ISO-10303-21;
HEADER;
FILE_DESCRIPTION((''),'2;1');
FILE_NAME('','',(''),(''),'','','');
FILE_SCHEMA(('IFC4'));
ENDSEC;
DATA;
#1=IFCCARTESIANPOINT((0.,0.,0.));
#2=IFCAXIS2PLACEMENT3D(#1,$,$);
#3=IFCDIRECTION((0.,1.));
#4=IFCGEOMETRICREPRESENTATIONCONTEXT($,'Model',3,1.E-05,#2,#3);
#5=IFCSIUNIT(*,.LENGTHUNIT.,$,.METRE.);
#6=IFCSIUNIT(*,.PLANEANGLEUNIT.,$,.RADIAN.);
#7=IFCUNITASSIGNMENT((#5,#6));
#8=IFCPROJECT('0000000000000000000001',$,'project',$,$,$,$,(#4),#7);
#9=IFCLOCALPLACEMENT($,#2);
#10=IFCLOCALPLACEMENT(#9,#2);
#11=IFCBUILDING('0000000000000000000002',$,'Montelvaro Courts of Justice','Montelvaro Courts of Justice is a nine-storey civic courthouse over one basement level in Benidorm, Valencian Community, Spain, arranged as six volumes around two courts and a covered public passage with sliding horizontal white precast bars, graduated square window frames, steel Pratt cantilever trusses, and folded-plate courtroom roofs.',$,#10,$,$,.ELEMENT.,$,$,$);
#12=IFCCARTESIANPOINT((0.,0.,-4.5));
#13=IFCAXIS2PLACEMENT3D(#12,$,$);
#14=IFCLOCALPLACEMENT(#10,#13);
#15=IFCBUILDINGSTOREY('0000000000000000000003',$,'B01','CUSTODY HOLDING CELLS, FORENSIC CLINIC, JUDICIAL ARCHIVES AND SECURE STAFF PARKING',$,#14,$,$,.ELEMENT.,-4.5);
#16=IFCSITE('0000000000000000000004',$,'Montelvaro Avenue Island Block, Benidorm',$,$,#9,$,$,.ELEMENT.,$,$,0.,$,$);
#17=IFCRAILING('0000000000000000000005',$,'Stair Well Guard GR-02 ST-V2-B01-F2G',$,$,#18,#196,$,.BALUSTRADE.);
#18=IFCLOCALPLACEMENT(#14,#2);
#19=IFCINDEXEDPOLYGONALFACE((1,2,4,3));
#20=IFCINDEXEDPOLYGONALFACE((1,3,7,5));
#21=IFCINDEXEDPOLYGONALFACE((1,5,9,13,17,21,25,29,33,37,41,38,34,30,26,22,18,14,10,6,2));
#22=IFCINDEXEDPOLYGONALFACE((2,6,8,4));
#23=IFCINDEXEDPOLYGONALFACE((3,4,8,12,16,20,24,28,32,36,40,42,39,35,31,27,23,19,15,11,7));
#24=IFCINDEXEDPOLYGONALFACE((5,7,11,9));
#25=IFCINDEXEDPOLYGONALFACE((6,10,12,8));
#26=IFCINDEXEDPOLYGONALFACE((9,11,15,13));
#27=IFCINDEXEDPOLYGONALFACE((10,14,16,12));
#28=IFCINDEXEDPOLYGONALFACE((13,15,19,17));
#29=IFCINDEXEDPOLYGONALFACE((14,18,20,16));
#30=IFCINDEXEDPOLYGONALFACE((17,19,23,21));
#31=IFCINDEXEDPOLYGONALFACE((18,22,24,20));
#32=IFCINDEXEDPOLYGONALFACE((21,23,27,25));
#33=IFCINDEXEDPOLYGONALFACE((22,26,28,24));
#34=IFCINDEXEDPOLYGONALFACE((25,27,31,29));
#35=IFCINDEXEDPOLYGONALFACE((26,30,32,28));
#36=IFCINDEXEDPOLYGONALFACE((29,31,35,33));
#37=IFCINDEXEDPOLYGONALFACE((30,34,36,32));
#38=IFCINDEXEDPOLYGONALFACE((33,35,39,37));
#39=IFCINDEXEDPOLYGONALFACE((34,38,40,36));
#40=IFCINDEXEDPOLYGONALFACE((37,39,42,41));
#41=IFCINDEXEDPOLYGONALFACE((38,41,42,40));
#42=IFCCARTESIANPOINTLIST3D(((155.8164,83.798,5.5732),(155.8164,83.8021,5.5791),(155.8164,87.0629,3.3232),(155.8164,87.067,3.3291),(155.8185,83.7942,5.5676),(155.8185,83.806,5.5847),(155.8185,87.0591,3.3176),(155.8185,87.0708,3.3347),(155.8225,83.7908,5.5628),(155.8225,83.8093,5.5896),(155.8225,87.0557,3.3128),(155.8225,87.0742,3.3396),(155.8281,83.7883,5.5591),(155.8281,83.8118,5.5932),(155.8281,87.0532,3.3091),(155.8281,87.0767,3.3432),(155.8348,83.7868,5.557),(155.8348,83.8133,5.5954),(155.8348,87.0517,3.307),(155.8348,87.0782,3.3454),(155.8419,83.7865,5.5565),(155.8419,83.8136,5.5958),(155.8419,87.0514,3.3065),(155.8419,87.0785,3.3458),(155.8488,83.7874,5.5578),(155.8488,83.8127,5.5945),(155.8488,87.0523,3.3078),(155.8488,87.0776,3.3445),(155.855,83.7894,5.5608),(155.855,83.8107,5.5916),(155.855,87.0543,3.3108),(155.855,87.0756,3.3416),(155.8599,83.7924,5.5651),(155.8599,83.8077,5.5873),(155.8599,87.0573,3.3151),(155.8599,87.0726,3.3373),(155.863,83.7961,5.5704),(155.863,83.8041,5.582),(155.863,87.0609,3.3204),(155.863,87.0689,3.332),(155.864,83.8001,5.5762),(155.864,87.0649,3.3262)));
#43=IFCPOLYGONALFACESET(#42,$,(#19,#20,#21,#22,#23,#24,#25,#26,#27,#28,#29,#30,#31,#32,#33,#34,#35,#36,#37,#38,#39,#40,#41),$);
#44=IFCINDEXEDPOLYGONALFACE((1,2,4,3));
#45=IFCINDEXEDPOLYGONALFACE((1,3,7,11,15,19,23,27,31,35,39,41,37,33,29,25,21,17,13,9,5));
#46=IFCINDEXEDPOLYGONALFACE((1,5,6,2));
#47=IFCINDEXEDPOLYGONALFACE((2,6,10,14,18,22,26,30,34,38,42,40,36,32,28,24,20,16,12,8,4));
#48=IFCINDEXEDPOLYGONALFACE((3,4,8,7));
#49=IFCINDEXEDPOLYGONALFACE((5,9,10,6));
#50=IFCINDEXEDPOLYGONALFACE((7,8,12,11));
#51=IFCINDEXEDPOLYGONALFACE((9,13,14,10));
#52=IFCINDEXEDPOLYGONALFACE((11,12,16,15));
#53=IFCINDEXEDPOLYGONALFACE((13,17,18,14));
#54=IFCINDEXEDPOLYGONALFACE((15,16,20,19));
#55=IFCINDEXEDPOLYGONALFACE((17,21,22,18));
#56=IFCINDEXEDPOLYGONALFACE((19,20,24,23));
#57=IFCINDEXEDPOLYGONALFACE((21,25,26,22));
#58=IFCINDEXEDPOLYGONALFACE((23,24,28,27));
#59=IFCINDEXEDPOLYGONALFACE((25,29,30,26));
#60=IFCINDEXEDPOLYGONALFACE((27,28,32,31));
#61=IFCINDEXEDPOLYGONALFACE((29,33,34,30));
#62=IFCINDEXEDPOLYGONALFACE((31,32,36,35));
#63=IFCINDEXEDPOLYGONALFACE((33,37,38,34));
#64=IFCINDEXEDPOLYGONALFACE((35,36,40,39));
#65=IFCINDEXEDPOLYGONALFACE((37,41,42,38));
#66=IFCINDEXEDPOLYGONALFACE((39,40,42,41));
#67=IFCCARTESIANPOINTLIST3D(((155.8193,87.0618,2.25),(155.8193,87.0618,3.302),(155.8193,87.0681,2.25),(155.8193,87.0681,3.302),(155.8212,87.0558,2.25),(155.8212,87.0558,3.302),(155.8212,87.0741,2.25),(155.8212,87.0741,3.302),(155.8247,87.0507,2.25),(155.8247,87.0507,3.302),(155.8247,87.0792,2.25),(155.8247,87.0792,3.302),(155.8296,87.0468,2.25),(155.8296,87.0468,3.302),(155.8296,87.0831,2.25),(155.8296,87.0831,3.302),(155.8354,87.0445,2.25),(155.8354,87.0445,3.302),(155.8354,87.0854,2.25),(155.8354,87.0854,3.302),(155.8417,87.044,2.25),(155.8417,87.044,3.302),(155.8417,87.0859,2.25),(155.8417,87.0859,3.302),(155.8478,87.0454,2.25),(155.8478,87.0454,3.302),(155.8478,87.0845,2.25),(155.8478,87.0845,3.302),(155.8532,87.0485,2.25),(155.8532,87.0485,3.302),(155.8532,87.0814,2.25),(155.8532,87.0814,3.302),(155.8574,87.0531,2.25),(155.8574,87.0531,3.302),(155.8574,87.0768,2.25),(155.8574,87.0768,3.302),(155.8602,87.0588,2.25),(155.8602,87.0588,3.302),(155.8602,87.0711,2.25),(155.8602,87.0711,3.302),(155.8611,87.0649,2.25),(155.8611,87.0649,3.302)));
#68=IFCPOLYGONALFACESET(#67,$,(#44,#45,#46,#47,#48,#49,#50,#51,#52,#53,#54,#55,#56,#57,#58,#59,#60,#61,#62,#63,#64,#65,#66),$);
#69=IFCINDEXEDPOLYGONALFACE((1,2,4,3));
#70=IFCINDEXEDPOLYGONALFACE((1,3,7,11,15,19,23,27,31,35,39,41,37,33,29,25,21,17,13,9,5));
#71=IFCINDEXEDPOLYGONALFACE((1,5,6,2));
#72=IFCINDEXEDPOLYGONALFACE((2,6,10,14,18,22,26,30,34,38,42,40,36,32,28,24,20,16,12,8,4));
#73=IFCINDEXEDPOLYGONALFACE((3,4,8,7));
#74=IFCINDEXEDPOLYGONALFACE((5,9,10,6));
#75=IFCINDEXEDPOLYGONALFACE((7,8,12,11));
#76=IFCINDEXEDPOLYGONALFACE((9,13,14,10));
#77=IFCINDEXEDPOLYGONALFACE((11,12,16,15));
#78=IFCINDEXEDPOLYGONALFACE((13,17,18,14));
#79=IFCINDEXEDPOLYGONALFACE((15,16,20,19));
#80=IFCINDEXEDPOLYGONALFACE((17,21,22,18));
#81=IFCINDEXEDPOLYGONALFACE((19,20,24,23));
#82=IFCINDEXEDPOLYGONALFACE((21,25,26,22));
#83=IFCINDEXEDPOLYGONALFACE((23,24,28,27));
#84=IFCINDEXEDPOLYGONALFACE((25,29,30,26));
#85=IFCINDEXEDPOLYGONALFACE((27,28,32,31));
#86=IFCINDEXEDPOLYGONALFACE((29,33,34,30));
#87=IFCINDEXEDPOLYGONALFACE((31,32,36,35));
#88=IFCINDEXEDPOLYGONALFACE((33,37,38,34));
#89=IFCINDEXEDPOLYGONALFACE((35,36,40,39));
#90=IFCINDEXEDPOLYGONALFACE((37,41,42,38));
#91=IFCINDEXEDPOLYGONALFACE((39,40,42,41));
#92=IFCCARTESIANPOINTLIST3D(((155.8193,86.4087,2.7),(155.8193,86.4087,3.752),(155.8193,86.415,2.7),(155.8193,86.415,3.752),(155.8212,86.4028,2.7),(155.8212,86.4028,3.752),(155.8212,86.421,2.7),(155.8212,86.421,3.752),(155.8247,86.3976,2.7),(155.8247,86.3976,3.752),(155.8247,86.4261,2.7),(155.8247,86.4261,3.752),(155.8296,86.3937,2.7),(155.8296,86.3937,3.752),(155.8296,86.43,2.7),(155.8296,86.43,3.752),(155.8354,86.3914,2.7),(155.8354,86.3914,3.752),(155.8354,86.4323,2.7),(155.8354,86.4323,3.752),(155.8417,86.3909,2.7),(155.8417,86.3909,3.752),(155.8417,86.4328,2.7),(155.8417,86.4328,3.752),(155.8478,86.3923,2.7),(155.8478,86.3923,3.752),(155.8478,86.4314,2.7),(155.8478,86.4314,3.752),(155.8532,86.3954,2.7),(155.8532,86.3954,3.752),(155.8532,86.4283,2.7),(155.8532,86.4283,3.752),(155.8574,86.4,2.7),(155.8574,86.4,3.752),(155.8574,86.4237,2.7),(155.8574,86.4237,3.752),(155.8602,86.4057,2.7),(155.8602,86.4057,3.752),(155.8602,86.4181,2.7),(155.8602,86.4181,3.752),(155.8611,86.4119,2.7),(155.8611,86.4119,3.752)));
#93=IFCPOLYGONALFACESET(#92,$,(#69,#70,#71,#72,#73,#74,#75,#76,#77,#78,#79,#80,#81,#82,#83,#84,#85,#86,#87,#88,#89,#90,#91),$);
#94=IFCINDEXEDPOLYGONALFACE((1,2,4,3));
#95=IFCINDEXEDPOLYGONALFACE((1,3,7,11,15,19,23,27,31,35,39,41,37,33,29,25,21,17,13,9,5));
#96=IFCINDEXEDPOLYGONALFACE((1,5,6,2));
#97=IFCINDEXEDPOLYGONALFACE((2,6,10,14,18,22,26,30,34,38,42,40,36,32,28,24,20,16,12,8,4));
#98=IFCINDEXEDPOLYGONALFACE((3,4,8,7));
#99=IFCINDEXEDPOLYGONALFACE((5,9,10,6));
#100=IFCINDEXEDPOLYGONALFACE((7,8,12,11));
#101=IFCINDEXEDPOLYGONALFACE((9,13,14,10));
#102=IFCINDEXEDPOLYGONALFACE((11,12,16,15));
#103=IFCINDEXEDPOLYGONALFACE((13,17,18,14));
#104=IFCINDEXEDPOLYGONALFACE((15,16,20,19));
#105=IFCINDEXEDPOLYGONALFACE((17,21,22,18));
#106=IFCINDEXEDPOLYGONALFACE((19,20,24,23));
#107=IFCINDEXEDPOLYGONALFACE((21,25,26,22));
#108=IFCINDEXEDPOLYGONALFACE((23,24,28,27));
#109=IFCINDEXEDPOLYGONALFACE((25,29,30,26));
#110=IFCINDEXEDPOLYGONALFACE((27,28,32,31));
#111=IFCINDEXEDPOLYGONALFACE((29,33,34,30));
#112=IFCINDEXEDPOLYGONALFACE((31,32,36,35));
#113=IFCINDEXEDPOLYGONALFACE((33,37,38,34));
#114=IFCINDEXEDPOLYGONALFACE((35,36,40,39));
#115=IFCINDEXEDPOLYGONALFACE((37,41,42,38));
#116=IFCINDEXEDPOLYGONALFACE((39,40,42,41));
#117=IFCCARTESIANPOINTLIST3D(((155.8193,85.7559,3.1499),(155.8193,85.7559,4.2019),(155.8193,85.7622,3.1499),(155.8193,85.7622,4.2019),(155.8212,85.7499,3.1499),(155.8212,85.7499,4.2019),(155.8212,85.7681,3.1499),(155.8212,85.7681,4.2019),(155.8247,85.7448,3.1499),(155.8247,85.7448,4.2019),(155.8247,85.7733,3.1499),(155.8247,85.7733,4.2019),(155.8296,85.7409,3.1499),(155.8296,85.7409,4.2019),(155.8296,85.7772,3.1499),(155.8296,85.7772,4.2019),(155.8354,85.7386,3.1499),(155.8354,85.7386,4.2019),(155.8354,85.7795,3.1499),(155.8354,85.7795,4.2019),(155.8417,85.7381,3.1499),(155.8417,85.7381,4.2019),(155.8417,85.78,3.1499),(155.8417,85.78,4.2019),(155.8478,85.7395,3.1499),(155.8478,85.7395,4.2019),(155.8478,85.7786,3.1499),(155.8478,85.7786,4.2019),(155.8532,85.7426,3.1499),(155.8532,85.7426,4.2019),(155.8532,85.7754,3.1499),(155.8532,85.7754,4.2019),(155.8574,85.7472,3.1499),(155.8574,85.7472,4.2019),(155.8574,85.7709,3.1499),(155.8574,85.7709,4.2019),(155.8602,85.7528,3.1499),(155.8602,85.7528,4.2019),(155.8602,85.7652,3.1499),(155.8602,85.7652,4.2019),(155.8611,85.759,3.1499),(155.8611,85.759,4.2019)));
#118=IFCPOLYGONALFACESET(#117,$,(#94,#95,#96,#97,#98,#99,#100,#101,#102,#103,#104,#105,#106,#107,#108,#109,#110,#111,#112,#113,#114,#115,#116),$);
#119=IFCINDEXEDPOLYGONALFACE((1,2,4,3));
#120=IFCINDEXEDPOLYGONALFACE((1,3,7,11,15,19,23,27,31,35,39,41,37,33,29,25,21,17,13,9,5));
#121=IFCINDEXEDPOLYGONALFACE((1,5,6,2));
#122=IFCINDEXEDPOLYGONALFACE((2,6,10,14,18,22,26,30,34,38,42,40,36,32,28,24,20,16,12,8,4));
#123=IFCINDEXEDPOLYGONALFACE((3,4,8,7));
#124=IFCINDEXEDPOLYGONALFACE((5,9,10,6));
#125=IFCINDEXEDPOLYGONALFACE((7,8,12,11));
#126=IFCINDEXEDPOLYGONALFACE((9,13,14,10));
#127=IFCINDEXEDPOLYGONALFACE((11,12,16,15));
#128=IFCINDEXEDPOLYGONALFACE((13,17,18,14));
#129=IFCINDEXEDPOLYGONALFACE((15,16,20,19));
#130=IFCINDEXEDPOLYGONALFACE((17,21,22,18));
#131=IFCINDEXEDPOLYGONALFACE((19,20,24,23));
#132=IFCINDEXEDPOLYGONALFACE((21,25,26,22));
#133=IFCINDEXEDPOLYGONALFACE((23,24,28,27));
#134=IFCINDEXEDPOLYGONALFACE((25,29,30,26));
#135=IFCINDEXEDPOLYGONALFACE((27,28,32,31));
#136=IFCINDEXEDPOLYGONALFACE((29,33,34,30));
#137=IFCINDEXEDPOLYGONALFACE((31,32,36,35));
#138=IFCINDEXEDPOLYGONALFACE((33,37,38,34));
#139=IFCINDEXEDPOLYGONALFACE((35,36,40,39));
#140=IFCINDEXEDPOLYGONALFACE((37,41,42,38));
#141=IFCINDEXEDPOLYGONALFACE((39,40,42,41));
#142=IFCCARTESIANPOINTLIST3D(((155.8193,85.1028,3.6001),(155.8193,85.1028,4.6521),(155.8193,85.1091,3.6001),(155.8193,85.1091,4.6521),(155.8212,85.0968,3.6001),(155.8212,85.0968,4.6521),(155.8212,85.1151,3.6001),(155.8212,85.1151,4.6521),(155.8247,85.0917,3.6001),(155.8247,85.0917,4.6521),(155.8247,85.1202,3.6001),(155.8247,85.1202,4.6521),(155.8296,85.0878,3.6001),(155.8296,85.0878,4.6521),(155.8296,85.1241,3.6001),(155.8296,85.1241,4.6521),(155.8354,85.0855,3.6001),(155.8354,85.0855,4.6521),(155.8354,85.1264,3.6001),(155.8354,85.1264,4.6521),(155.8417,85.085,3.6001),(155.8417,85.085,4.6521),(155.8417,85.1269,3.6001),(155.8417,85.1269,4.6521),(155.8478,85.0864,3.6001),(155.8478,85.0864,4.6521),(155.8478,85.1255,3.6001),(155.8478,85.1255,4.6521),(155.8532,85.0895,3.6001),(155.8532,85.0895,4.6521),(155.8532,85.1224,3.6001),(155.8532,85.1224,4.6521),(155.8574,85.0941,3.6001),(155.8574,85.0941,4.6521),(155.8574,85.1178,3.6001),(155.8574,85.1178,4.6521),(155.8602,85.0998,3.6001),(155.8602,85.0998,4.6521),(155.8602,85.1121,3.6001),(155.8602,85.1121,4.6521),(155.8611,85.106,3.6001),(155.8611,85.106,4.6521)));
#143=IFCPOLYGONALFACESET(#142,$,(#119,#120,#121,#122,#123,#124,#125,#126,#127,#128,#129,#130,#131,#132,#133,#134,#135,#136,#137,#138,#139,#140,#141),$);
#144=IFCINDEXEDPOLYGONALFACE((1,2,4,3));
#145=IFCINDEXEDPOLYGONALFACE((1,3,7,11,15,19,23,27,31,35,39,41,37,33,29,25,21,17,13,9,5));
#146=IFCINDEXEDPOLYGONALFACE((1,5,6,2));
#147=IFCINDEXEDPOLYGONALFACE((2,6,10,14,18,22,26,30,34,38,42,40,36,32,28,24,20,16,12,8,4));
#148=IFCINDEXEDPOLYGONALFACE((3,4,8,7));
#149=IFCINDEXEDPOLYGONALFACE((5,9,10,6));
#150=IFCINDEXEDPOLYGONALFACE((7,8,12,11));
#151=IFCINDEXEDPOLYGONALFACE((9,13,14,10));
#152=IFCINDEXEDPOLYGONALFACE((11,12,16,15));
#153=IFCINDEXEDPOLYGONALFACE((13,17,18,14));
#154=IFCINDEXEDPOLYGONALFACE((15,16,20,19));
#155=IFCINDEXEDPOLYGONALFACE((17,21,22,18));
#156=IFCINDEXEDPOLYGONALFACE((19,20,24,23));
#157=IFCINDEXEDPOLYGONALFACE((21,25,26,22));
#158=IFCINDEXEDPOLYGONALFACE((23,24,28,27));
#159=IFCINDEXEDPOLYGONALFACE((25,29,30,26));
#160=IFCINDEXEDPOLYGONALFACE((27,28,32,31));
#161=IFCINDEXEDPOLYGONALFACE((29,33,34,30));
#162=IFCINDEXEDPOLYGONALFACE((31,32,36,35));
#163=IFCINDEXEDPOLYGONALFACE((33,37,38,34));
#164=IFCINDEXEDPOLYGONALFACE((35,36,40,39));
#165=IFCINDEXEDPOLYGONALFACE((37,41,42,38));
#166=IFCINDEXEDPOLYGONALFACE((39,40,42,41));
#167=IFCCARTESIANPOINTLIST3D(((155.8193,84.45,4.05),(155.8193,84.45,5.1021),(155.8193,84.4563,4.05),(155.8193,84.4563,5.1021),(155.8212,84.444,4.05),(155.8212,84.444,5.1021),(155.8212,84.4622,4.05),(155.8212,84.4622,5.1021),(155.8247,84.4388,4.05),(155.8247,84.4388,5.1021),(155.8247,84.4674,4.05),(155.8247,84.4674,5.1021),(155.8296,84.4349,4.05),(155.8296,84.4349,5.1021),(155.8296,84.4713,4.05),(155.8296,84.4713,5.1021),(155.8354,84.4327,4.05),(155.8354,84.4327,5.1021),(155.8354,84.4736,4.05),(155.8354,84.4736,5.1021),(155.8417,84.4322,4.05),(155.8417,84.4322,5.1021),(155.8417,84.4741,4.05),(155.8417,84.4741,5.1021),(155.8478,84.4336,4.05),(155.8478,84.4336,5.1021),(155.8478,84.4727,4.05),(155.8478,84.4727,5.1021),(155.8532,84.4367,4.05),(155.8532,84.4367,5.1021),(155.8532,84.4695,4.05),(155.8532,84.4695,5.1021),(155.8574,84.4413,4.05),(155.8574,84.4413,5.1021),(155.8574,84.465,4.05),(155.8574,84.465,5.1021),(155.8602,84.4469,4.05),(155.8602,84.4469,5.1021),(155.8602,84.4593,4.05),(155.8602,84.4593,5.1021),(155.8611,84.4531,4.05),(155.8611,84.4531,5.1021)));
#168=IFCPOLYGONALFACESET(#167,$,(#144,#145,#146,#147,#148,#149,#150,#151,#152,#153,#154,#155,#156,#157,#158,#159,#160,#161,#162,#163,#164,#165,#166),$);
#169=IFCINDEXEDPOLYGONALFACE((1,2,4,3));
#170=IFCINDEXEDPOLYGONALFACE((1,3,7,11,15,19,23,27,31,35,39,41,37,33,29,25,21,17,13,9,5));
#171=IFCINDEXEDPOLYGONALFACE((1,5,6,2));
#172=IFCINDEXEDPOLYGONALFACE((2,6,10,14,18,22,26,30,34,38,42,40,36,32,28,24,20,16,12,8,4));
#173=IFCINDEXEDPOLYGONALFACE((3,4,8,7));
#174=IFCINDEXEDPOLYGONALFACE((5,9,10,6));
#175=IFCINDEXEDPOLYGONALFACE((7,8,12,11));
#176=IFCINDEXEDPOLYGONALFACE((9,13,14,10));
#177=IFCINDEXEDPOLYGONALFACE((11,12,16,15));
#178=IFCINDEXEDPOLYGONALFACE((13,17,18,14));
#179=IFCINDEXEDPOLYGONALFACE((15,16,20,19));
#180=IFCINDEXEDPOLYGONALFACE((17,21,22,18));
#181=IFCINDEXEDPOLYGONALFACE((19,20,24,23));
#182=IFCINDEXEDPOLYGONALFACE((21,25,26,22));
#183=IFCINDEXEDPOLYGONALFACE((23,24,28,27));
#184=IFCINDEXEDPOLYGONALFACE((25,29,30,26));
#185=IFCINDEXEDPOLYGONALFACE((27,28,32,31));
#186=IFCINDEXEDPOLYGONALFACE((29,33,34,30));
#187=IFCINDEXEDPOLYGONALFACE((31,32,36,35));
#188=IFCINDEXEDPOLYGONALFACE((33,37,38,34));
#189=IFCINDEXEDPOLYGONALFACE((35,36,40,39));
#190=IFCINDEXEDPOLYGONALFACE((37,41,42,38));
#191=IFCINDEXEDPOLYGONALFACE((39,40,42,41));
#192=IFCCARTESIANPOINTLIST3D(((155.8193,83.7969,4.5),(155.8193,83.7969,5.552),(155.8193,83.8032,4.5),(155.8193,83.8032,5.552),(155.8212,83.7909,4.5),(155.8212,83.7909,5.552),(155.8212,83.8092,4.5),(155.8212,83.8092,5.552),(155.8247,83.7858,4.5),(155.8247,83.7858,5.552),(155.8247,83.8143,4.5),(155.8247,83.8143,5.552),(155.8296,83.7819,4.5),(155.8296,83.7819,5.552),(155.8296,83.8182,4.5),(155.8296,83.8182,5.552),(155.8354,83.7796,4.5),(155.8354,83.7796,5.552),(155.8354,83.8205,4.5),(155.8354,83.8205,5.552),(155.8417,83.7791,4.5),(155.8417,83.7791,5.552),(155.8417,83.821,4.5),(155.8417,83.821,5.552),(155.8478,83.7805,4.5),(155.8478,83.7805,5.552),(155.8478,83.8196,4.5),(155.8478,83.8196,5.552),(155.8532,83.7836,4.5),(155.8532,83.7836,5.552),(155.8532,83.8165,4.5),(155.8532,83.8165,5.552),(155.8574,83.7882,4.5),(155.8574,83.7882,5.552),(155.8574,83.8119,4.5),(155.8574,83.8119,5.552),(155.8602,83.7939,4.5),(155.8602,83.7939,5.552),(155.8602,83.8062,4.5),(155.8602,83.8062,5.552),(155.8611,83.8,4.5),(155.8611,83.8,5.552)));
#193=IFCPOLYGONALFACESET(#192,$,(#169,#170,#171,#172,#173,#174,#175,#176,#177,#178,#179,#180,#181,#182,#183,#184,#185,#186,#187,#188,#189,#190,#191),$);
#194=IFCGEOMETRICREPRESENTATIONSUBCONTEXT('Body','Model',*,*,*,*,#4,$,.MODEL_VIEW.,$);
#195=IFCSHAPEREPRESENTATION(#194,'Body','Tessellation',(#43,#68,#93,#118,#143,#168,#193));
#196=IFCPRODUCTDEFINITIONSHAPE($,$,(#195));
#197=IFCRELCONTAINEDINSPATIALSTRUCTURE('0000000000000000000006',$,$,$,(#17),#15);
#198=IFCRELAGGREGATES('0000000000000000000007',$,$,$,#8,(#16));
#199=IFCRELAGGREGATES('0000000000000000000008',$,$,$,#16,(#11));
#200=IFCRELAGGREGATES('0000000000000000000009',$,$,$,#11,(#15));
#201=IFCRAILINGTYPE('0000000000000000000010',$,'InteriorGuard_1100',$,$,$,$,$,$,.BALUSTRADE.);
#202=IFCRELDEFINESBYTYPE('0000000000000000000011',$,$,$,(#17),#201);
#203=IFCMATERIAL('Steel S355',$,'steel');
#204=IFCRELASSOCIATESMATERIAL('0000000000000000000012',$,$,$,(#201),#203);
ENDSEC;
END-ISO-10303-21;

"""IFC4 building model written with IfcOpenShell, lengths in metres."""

from ifc_helpers import new_model, si_unit, direction, frame, origin, origin_2d, place, context, subcontext, project, spatial, circle, extrude, material, type_object, element, save


model = new_model("IFC4")

# Units and contexts
model_context = context("Model", 3, precision=1e-05, world=origin(), true_north=direction((0.0, 1.0)))
body_context = subcontext(model_context, "Body", "Model", "MODEL_VIEW")
ifc_project = project(units=[si_unit("LENGTHUNIT", "METRE"), si_unit("PLANEANGLEUNIT", "RADIAN")], contexts=[model_context])

# Site, building, storey
site_placement = place(None, origin())
site = spatial("IfcSite", under=ifc_project, at=site_placement, Name="Montelvaro Avenue Island Block, Benidorm", CompositionType="ELEMENT", RefElevation=0.0)
building_placement = place(site_placement, origin())
building = spatial("IfcBuilding", under=site, at=building_placement, Name="Montelvaro Courts of Justice", Description="Montelvaro Courts of Justice is a nine-storey civic courthouse over one basement level in Benidorm, Valencian Community, Spain, arranged as six volumes around two courts and a covered public passage with sliding horizontal white precast bars, graduated square window frames, steel Pratt cantilever trusses, and folded-plate courtroom roofs.", CompositionType="ELEMENT")
storey_placement = place(building_placement, frame((0.0, 0.0, -4.5)))
storey = spatial("IfcBuildingStorey", under=building, at=storey_placement, Name="B01", Description="CUSTODY HOLDING CELLS, FORENSIC CLINIC, JUDICIAL ARCHIVES AND SECURE STAFF PARKING", CompositionType="ELEMENT", Elevation=-4.5)

# Shared definitions
ifc_material_1 = material(Name="Steel S355", Category="steel")

# Railing
railing_type_1 = type_object("IfcRailingType", Name="InteriorGuard_1100", PredefinedType="BALUSTRADE", material=ifc_material_1)
railing_1_placement = place(storey_placement, frame((155.8401, 87.0649, 2.25)))
element("IfcRailing", 1, at=railing_1_placement, inside=storey, type_object=railing_type_1, Name="Stair Well Guard GR-02 ST-V2-B01-F2G", PredefinedType="BALUSTRADE", context=body_context, shape_type="SweptSolid", body=[
    extrude(circle(Radius=0.0239, at=origin_2d()), frame((0.0, 0.0, 1.0762), z_axis=(0.0, -0.823407, 0.567451), x_axis=(1.0, 0.0, 0.0)), (0.0, 0.0, 1.0), 3.9651),
    extrude(circle(Radius=0.021, at=origin_2d()), origin(), (0.0, 0.0, 1.0), 1.052),
    extrude(circle(Radius=0.021, at=origin_2d()), frame((0.0, -0.6531, 0.45)), (0.0, 0.0, 1.0), 1.052),
    extrude(circle(Radius=0.021, at=origin_2d()), frame((0.0, -1.3059, 0.8999)), (0.0, 0.0, 1.0), 1.052),
    extrude(circle(Radius=0.021, at=origin_2d()), frame((0.0, -1.959, 1.3501)), (0.0, 0.0, 1.0), 1.052),
    extrude(circle(Radius=0.021, at=origin_2d()), frame((0.0, -2.6118, 1.8)), (0.0, 0.0, 1.0), 1.052),
    extrude(circle(Radius=0.021, at=origin_2d()), frame((0.0, -3.2649, 2.25)), (0.0, 0.0, 1.0), 1.052),
])

save(model, "model.ifc")
